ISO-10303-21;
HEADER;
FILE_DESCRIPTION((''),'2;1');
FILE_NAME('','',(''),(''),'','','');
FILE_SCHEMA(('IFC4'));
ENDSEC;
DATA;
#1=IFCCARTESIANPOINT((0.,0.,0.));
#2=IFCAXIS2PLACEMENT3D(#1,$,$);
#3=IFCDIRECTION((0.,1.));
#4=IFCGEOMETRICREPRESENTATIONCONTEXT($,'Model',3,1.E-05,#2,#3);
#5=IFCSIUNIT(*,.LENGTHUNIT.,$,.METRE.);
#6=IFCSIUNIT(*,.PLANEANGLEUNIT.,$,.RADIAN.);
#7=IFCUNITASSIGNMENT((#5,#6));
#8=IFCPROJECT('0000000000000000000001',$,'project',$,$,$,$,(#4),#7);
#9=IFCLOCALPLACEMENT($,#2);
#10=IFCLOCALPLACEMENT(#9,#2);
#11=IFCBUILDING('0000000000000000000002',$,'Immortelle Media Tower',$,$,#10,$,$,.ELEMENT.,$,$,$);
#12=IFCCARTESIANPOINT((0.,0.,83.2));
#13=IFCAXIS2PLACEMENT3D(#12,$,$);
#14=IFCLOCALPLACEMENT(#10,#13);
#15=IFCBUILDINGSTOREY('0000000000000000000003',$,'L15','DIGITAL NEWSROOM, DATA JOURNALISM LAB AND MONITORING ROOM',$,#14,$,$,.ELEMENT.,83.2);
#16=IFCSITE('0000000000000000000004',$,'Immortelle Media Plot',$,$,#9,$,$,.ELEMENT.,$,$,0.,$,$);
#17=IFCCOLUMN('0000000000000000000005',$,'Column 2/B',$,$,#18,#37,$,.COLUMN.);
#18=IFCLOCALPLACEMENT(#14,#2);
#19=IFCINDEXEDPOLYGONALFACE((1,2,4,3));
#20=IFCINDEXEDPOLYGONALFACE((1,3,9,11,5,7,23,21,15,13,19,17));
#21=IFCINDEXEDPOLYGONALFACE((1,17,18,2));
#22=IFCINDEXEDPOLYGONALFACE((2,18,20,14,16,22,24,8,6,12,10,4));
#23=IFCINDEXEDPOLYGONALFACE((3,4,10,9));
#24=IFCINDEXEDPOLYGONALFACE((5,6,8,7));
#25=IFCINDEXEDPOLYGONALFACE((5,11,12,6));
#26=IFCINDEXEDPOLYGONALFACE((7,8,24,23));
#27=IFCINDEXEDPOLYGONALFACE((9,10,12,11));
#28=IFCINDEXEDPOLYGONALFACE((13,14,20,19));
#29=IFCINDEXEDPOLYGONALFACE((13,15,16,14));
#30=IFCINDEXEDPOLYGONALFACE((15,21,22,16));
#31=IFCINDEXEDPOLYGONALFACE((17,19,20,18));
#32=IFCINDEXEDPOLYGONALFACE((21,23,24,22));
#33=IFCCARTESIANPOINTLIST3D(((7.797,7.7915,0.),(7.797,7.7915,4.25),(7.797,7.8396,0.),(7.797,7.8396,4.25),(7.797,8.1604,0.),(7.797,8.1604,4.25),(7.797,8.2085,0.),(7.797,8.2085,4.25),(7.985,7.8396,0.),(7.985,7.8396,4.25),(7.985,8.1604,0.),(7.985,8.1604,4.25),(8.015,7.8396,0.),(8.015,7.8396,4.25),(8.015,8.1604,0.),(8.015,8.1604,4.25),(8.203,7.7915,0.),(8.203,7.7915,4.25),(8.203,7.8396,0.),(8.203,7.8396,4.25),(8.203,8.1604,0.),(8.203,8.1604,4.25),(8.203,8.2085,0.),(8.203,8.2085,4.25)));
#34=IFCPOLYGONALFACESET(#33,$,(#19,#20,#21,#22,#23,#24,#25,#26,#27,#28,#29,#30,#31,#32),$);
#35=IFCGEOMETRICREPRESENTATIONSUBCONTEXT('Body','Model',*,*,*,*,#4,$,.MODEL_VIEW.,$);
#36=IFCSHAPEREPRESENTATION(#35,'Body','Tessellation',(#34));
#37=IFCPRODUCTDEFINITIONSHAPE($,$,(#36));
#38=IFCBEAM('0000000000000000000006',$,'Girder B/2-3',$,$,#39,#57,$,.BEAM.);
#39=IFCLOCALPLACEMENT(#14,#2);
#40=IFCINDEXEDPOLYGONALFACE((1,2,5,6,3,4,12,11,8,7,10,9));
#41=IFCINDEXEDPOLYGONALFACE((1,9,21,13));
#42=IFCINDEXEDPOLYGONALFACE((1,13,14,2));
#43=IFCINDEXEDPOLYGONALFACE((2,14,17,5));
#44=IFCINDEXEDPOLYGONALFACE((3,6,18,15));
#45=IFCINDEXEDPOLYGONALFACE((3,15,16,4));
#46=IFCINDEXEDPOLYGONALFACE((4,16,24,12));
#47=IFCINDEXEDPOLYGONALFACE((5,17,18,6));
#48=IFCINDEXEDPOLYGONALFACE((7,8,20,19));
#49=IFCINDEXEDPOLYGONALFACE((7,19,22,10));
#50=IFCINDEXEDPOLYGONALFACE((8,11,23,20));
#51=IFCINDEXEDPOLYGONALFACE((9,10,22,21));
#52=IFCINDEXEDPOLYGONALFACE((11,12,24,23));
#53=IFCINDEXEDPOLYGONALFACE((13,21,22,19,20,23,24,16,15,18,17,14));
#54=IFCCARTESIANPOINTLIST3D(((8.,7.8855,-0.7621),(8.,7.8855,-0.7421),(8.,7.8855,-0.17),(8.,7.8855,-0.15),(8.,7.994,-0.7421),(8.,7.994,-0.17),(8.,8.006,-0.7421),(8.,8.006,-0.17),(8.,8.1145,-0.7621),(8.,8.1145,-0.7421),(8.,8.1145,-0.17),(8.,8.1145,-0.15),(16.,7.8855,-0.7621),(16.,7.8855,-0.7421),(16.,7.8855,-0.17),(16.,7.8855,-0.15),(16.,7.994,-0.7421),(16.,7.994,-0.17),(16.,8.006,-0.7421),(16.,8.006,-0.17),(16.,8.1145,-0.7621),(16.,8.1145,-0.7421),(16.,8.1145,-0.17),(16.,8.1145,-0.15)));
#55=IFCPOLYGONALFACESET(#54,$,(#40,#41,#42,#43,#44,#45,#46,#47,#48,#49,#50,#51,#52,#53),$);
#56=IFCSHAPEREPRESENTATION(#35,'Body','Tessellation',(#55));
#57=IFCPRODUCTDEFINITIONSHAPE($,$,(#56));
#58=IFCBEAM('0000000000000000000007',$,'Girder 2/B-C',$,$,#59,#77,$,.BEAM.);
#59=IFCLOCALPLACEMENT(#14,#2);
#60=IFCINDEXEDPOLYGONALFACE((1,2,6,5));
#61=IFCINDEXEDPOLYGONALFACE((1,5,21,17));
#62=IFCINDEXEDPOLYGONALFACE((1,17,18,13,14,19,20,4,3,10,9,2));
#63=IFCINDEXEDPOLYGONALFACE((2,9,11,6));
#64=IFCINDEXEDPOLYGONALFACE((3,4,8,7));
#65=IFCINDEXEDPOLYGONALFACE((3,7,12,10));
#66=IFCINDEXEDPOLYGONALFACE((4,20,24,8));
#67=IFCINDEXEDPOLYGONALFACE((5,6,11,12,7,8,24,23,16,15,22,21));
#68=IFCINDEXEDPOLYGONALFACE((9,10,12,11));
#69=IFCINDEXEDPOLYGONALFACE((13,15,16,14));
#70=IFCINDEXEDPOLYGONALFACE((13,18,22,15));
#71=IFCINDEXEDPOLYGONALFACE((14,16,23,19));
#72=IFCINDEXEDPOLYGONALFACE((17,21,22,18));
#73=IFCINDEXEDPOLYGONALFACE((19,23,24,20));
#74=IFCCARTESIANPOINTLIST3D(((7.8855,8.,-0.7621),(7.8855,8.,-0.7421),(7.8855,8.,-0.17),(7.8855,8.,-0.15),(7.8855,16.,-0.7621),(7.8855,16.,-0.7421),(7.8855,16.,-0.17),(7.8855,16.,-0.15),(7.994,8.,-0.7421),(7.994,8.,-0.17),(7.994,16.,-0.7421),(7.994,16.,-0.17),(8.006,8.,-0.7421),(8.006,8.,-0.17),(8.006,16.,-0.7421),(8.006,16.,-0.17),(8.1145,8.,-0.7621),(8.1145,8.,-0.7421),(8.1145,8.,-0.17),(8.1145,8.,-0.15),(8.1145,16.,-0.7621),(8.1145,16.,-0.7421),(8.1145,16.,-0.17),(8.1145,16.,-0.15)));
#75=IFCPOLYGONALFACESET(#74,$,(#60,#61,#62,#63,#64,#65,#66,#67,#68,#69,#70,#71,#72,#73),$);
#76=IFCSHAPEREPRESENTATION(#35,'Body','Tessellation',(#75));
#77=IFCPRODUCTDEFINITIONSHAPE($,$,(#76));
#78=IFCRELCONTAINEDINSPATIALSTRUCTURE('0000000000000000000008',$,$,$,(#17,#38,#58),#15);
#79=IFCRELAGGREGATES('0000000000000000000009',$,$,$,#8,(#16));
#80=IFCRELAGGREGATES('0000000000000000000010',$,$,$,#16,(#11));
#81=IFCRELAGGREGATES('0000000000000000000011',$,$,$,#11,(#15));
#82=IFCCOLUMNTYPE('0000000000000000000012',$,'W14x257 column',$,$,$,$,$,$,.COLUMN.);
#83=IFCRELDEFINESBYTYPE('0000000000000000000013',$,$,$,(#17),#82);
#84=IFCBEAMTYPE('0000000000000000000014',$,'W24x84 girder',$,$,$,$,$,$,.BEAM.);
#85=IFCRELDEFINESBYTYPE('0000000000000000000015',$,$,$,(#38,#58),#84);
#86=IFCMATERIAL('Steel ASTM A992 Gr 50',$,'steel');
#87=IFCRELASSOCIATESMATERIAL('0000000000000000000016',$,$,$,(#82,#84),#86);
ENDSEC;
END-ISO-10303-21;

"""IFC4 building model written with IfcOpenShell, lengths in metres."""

from ifc_helpers import new_model, si_unit, direction, frame, origin, origin_2d, place, context, subcontext, project, spatial, i_section, extrude, material, material_profile, profile_set, type_object, element, save


model = new_model("IFC4")

# Units and contexts
model_context = context("Model", 3, precision=1e-05, world=origin(), true_north=direction((0.0, 1.0)))
body_context = subcontext(model_context, "Body", "Model", "MODEL_VIEW")
ifc_project = project(units=[si_unit("LENGTHUNIT", "METRE"), si_unit("PLANEANGLEUNIT", "RADIAN")], contexts=[model_context])

# Site, building, storey
site_placement = place(None, origin())
site = spatial("IfcSite", under=ifc_project, at=site_placement, Name="Immortelle Media Plot", CompositionType="ELEMENT", RefElevation=0.0)
building_placement = place(site_placement, origin())
building = spatial("IfcBuilding", under=site, at=building_placement, Name="Immortelle Media Tower", CompositionType="ELEMENT")
storey_placement = place(building_placement, frame((0.0, 0.0, 83.2)))
storey = spatial("IfcBuildingStorey", under=building, at=storey_placement, Name="L15", Description="DIGITAL NEWSROOM, DATA JOURNALISM LAB AND MONITORING ROOM", CompositionType="ELEMENT", Elevation=83.2)

# Column
ifc_material_1 = material(Name="Steel ASTM A992 Gr 50", Category="steel")
ifc_material_profile_1 = material_profile(ifc_material_1, i_section(OverallWidth=0.406, OverallDepth=0.417, WebThickness=0.03, FlangeThickness=0.0481, at=origin_2d()), Name="W14x257")
ifc_profile_set_1 = profile_set([ifc_material_profile_1], Name="Steel ASTM A992 Gr 50")
column_type = type_object("IfcColumnType", Name="W14x257 column", PredefinedType="COLUMN", material=ifc_profile_set_1)
column_placement = place(storey_placement, frame((8.0, 8.0, 0.0), z_axis=(0.0, 0.0, 1.0), x_axis=(1.0, 0.0, 0.0)))
element("IfcColumn", 1, at=column_placement, inside=storey, type_object=column_type, Name="Column 2/B", PredefinedType="COLUMN", context=body_context, shape_type="SweptSolid", body=[
    extrude(i_section(OverallWidth=0.406, OverallDepth=0.417, WebThickness=0.03, FlangeThickness=0.0481, at=origin_2d()), origin(), (0.0, 0.0, 1.0), 4.25),
])

# Beams
ifc_material_profile_2 = material_profile(ifc_material_1, i_section(OverallWidth=0.229, OverallDepth=0.6121, WebThickness=0.012, FlangeThickness=0.02, at=origin_2d()), Name="W24x84")
ifc_profile_set_2 = profile_set([ifc_material_profile_2], Name="Steel ASTM A992 Gr 50")
beam_type = type_object("IfcBeamType", Name="W24x84 girder", PredefinedType="BEAM", material=ifc_profile_set_2)
for number, where, z_axis, x_axis, name in (
    (2, (8.0, 8.0, -0.4561), (1.0, 0.0, 0.0), (0.0, 1.0, 0.0), "Girder B/2-3"),
    (3, (8.0, 8.0, -0.4561), (0.0, 1.0, 0.0), (-1.0, 0.0, 0.0), "Girder 2/B-C"),
):
    element("IfcBeam", number, at=place(storey_placement, frame(where, z_axis=z_axis, x_axis=x_axis)), inside=storey, type_object=beam_type, Name=name, PredefinedType="BEAM", context=body_context, shape_type="SweptSolid", body=[
        extrude(i_section(OverallWidth=0.229, OverallDepth=0.6121, WebThickness=0.012, FlangeThickness=0.02, at=origin_2d()), origin(), (0.0, 0.0, 1.0), 8.0),
    ])

save(model, "model.ifc")
